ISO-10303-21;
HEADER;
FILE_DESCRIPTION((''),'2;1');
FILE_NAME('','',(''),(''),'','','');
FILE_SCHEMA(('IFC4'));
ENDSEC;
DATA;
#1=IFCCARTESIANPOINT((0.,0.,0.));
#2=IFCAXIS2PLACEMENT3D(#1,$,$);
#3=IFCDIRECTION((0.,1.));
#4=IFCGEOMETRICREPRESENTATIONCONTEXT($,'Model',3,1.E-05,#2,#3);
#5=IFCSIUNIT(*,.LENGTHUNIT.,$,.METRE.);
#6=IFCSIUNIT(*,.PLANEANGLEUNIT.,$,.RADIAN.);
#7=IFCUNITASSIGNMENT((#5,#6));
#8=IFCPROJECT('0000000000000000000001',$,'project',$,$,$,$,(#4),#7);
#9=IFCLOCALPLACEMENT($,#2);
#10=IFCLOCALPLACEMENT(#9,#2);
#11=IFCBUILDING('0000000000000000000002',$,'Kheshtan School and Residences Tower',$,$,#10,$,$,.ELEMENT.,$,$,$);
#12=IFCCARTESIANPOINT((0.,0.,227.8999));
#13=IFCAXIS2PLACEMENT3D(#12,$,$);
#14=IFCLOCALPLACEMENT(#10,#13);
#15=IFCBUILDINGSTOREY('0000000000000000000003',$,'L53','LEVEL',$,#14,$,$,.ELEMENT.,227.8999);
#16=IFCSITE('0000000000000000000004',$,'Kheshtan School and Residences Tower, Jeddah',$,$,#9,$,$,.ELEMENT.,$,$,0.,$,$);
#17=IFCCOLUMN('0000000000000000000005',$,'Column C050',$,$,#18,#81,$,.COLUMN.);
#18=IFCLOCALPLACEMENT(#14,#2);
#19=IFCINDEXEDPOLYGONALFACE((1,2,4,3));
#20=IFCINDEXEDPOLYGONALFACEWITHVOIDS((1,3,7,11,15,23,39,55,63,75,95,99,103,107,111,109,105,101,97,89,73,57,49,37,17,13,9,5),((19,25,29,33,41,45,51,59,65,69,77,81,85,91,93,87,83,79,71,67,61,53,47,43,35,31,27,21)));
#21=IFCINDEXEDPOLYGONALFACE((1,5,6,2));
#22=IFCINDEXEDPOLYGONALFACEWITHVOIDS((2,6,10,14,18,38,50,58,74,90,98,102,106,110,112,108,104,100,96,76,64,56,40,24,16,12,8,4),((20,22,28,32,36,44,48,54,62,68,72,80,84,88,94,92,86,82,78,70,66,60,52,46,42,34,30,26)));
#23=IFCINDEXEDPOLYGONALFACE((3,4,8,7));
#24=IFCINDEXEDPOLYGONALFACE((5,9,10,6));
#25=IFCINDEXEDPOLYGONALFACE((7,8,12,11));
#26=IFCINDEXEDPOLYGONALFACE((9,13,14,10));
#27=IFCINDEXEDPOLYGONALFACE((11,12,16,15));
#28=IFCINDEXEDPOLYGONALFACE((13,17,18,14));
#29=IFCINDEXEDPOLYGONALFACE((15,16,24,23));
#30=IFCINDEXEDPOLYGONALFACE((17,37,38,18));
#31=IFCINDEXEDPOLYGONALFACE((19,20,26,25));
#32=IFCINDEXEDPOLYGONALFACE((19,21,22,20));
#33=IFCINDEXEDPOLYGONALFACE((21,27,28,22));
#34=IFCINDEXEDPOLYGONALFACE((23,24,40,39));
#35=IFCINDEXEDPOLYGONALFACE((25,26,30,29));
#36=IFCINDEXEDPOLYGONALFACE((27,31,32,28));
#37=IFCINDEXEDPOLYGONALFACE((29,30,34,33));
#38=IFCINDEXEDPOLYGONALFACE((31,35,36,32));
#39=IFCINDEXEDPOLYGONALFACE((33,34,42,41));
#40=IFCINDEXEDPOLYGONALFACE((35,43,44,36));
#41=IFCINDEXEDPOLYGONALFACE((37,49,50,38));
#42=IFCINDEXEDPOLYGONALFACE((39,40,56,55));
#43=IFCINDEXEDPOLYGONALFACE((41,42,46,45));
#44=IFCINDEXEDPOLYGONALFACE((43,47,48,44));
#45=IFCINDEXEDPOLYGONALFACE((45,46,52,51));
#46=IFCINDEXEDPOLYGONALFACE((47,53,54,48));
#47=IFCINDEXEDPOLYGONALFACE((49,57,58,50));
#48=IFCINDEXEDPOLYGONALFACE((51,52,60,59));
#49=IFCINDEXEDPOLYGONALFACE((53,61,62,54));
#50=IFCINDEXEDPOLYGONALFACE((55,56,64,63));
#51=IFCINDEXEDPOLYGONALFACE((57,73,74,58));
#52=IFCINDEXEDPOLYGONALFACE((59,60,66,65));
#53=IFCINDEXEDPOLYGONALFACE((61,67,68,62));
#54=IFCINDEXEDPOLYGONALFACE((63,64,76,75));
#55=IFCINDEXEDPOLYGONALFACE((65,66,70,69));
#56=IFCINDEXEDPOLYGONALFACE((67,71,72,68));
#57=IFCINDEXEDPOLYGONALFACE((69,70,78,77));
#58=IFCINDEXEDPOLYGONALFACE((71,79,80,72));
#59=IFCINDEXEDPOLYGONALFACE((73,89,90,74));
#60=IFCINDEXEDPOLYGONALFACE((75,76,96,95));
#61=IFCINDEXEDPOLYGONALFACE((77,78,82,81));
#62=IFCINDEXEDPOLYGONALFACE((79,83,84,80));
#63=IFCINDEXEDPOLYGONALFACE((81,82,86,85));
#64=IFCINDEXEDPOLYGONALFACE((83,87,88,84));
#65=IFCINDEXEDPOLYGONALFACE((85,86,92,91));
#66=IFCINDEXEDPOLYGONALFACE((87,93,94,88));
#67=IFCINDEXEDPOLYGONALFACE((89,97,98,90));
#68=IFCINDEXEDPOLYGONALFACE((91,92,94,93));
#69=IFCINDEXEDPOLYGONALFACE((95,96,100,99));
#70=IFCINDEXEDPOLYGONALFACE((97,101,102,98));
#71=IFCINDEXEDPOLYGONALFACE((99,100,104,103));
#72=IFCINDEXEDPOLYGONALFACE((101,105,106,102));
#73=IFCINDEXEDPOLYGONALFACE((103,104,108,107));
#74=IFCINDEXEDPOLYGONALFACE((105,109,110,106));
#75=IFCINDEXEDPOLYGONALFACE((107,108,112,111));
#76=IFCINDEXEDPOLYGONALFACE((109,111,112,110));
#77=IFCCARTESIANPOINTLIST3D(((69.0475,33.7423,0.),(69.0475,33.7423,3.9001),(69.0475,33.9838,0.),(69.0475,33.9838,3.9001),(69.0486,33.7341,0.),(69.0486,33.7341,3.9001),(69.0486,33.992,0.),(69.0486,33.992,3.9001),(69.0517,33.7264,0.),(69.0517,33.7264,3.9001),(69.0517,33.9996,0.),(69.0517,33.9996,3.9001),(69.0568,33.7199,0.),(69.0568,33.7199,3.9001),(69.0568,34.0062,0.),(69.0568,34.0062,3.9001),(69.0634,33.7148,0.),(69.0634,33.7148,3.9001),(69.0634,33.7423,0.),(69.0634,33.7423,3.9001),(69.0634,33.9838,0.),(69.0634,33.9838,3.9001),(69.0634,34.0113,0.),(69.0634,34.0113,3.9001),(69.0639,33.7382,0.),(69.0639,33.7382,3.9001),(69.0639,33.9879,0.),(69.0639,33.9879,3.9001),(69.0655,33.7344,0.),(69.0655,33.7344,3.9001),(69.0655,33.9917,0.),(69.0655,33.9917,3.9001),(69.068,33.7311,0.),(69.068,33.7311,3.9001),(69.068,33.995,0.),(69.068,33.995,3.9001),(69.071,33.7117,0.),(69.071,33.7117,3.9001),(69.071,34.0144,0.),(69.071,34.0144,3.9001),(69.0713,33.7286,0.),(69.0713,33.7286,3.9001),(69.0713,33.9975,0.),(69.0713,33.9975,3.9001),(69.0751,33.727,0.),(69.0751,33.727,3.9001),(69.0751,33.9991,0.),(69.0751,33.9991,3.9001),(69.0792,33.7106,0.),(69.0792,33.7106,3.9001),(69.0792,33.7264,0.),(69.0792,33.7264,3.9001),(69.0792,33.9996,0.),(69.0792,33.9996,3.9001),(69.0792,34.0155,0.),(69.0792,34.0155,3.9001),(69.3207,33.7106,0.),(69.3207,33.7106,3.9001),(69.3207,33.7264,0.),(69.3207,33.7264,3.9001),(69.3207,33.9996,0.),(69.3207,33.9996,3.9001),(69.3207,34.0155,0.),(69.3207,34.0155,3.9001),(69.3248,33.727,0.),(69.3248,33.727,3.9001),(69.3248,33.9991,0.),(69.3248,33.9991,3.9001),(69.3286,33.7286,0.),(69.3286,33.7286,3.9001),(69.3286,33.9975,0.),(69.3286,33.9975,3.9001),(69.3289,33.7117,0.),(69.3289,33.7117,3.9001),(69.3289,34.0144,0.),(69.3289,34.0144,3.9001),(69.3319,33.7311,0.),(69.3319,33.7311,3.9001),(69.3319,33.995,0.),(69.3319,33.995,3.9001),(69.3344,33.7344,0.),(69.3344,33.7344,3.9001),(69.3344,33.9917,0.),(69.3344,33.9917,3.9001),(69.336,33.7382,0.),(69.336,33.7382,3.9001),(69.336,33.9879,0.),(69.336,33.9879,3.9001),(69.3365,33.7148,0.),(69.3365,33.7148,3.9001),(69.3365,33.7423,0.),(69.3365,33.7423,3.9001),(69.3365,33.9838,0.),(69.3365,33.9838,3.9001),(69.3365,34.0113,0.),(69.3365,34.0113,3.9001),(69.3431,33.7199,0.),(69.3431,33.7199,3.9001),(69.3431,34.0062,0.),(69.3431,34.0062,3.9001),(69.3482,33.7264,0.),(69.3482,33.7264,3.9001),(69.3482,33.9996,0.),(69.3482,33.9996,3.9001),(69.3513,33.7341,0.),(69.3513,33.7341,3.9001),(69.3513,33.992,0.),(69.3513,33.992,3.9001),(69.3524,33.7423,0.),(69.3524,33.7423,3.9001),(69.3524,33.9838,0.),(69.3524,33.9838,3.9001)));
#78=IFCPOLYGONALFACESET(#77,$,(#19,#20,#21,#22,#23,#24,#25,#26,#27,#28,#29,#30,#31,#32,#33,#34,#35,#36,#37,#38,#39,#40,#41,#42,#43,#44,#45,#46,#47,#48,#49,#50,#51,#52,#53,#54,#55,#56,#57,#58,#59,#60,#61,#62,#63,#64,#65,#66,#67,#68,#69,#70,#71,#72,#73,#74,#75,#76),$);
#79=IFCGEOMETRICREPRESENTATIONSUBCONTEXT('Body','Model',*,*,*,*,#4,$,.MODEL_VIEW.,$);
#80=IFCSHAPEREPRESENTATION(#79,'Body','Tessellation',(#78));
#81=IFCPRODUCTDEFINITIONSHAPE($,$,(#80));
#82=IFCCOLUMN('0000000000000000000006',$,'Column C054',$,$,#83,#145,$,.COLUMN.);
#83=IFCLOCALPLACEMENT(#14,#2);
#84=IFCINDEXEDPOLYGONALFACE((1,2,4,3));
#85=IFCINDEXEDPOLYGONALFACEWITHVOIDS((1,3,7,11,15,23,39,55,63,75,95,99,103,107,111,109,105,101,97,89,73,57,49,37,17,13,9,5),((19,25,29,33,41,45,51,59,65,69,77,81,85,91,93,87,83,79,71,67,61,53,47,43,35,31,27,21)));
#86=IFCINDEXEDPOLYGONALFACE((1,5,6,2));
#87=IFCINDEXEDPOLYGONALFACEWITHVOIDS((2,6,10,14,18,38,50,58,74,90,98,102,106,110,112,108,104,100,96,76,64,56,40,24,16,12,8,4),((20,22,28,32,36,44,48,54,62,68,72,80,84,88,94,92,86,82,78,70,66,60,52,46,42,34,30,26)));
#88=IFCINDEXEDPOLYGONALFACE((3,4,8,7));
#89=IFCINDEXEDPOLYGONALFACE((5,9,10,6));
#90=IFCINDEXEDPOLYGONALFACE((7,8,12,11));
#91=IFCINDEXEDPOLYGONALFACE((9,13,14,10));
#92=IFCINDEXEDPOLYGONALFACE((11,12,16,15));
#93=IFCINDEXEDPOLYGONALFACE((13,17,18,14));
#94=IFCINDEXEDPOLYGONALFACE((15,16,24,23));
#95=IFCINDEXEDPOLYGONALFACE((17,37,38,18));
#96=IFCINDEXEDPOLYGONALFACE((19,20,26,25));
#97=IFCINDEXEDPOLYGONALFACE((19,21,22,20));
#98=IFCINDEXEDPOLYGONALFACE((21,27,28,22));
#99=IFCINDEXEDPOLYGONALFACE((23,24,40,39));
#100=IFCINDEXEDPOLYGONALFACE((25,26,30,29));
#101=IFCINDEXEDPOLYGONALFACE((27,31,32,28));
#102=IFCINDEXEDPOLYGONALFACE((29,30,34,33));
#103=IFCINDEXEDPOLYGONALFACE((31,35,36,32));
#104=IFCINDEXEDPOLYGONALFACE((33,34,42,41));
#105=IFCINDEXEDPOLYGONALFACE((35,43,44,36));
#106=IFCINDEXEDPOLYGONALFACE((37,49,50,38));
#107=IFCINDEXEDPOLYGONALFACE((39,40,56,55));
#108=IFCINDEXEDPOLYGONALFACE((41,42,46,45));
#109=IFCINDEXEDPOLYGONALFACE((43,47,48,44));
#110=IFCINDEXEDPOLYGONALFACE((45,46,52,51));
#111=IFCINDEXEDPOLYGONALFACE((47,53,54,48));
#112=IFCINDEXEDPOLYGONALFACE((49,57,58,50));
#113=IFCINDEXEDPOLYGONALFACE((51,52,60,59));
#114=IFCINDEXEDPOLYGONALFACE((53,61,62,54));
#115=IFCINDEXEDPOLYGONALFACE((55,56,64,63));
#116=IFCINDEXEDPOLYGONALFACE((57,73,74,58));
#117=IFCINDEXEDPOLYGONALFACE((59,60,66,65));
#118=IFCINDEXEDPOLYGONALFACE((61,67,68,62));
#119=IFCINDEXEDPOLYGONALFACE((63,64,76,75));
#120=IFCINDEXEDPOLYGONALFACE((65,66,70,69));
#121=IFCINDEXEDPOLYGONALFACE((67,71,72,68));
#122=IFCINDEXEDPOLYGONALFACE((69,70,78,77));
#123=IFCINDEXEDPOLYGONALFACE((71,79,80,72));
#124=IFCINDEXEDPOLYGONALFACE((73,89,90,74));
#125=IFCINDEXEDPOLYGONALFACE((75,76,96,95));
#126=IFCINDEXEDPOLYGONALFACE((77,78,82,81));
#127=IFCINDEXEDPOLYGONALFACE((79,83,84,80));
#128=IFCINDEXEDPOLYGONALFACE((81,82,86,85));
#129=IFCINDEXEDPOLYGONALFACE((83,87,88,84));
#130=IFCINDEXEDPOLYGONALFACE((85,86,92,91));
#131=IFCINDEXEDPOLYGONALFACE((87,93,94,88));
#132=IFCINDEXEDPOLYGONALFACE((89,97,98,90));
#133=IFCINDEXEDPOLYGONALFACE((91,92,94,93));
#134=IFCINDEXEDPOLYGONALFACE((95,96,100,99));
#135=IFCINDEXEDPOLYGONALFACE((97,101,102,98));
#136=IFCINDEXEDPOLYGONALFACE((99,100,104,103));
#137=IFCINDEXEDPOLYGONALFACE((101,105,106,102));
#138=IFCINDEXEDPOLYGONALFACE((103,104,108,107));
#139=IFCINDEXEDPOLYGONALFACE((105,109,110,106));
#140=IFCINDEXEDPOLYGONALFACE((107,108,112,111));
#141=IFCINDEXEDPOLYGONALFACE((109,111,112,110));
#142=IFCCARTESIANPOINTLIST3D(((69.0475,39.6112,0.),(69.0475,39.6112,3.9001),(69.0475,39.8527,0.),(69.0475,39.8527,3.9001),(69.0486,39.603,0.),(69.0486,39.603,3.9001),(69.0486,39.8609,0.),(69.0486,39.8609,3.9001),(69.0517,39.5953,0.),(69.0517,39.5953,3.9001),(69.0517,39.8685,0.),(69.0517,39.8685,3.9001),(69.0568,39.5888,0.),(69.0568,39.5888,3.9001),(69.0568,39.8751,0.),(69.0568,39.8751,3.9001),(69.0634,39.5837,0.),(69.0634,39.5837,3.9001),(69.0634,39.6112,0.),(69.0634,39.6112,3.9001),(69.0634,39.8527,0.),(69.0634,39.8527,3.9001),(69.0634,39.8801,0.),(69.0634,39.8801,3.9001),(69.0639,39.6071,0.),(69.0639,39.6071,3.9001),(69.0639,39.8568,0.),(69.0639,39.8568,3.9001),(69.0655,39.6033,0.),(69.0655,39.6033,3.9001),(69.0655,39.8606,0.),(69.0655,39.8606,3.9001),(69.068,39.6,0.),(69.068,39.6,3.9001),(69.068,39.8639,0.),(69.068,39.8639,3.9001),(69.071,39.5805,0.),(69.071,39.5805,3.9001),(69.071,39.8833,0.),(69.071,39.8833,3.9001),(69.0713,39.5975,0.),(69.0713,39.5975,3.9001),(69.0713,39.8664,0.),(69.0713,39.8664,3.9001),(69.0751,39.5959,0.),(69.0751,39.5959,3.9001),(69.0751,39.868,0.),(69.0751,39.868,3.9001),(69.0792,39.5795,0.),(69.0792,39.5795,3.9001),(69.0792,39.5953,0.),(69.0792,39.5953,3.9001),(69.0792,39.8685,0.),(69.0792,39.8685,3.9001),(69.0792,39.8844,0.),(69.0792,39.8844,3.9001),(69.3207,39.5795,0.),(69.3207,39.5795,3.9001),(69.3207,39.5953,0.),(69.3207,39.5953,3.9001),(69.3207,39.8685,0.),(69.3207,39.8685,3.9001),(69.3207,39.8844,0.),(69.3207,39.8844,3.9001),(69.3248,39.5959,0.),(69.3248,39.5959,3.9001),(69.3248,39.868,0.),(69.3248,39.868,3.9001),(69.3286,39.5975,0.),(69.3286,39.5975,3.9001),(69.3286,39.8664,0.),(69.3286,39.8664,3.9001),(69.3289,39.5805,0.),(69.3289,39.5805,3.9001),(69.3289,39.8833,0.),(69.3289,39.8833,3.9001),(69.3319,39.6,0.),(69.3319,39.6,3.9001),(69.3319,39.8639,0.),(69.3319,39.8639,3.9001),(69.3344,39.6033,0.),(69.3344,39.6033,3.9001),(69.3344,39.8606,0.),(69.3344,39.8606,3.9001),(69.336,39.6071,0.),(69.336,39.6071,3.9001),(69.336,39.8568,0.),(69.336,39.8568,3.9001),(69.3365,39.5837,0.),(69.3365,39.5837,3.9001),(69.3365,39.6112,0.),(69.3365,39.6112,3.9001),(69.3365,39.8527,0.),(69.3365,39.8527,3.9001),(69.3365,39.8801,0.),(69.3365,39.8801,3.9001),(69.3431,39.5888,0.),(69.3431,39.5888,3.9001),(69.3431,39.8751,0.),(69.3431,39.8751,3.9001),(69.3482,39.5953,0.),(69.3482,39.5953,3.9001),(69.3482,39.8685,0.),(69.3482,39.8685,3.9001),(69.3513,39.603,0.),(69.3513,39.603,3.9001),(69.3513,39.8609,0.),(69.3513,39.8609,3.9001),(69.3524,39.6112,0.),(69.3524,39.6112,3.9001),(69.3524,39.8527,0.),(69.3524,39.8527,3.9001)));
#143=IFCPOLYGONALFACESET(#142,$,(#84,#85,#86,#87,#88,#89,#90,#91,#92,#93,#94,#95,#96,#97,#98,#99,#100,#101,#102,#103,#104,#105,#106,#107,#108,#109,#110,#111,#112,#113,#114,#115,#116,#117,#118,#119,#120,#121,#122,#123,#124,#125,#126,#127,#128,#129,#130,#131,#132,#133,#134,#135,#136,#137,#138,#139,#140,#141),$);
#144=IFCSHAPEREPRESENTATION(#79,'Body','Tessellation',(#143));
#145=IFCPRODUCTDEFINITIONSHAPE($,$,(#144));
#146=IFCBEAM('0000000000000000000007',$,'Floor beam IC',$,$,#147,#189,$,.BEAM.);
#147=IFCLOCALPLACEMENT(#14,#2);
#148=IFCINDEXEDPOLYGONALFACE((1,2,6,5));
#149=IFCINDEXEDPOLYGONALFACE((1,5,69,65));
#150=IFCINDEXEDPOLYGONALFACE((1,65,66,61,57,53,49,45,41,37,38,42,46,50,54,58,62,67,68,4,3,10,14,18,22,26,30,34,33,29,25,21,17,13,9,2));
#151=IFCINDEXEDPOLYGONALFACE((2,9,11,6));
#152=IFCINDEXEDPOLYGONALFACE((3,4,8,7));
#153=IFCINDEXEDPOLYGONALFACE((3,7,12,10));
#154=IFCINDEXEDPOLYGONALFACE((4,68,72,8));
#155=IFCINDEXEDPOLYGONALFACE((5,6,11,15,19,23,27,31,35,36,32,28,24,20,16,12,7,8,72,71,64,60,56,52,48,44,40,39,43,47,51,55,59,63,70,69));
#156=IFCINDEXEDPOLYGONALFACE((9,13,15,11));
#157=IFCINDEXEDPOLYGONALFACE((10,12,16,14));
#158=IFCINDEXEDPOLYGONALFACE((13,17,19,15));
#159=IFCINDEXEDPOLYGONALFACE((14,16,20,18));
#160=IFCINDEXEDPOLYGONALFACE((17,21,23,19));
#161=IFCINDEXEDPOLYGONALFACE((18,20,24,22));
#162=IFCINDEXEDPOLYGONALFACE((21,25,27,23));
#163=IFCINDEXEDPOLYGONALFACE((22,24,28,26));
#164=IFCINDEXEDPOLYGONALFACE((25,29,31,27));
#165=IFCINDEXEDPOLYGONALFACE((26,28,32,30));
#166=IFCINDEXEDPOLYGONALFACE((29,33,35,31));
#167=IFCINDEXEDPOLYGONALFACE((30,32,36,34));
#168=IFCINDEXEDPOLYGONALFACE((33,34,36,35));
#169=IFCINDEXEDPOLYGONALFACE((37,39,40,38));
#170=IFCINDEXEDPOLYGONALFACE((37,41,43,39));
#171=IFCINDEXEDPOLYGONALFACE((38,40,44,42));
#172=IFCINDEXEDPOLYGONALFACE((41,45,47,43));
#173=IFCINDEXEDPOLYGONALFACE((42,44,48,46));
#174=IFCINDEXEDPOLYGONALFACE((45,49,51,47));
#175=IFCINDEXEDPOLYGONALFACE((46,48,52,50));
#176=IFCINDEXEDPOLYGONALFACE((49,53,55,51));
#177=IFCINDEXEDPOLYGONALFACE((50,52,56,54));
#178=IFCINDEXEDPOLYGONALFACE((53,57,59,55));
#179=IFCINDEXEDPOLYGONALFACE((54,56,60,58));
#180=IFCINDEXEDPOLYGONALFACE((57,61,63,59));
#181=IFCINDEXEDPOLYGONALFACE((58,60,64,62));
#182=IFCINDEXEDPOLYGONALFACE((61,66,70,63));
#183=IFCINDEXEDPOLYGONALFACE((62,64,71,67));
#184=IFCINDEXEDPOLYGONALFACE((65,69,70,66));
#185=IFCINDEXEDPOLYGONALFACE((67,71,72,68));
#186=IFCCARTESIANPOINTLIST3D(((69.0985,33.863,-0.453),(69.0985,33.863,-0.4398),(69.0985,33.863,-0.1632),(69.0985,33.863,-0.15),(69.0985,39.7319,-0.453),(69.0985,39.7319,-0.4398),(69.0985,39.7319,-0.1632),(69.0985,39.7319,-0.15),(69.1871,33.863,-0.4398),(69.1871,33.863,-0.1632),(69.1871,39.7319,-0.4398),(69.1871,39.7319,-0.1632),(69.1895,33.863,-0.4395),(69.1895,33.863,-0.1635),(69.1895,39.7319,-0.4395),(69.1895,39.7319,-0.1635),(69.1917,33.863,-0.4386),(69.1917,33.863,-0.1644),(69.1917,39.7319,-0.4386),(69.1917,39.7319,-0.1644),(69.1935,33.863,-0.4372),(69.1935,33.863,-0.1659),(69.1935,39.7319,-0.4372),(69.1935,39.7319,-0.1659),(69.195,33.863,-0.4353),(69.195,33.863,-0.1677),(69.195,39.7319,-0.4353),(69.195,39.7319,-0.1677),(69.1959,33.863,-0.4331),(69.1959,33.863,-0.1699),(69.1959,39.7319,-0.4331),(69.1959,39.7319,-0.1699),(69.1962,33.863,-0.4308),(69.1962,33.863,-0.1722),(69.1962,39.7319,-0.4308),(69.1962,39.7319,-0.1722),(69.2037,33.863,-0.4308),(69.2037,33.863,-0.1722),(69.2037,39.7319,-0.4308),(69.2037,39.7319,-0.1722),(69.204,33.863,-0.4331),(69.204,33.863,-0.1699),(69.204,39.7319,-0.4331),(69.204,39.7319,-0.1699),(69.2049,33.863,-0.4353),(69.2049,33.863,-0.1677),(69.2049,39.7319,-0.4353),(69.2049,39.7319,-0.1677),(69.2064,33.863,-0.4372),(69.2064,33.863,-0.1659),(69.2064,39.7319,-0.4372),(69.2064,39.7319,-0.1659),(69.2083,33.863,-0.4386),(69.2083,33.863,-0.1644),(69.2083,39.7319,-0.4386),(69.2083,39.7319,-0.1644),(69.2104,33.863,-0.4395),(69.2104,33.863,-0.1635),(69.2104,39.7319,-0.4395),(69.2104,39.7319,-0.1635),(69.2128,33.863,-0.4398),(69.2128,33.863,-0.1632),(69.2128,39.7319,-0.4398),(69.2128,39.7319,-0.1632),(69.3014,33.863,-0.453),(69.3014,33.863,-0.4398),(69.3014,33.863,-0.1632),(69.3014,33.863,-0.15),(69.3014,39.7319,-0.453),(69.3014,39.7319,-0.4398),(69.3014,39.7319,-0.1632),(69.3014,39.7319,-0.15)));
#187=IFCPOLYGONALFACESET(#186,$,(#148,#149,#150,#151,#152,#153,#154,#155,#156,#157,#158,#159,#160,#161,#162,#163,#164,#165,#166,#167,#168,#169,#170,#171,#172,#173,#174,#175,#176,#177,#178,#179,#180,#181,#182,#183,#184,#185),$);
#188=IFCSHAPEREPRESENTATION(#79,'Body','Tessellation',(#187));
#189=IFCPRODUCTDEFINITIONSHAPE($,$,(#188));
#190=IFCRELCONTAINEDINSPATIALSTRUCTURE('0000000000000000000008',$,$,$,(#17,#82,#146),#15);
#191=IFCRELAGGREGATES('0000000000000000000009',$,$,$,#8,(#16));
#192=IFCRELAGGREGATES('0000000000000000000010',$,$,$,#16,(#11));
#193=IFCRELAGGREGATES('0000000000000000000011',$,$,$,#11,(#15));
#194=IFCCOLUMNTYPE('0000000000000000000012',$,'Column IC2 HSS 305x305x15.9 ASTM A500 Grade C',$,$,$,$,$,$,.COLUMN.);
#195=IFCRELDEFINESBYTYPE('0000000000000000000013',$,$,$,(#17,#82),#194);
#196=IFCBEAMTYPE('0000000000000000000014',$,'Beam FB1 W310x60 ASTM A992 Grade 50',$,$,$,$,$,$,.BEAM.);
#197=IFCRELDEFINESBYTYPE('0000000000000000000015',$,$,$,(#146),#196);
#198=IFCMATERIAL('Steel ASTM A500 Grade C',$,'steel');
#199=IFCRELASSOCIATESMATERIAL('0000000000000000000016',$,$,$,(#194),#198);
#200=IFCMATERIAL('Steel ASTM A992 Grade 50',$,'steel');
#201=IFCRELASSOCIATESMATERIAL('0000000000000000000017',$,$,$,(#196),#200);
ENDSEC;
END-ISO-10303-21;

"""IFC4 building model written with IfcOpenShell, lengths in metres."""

from ifc_helpers import new_model, si_unit, direction, frame, origin, origin_2d, place, context, subcontext, project, spatial, hollow_rectangle, i_section, extrude, material, material_profile, profile_set, type_object, element, save


model = new_model("IFC4")

# Units and contexts
model_context = context("Model", 3, precision=1e-05, world=origin(), true_north=direction((0.0, 1.0)))
body_context = subcontext(model_context, "Body", "Model", "MODEL_VIEW")
ifc_project = project(units=[si_unit("LENGTHUNIT", "METRE"), si_unit("PLANEANGLEUNIT", "RADIAN")], contexts=[model_context])

# Site, building, storey
site_placement = place(None, origin())
site = spatial("IfcSite", under=ifc_project, at=site_placement, Name="Kheshtan School and Residences Tower, Jeddah", CompositionType="ELEMENT", RefElevation=0.0)
building_placement = place(site_placement, origin())
building = spatial("IfcBuilding", under=site, at=building_placement, Name="Kheshtan School and Residences Tower", CompositionType="ELEMENT")
storey_placement = place(building_placement, frame((0.0, 0.0, 227.8999)))
storey = spatial("IfcBuildingStorey", under=building, at=storey_placement, Name="L53", Description="LEVEL", CompositionType="ELEMENT", Elevation=227.8999)

# Columns
ifc_material_1 = material(Name="Steel ASTM A500 Grade C", Category="steel")
ifc_material_profile_1 = material_profile(ifc_material_1, hollow_rectangle(XDim=0.3049, YDim=0.3049, WallThickness=0.0159, InnerFilletRadius=0.0159, OuterFilletRadius=0.0317, at=origin_2d()), Name="HSS 305x305x15.9")
ifc_profile_set_1 = profile_set([ifc_material_profile_1], Name="Steel ASTM A500 Grade C")
column_type = type_object("IfcColumnType", Name="Column IC2 HSS 305x305x15.9 ASTM A500 Grade C", PredefinedType="COLUMN", material=ifc_profile_set_1)
for number, where, z_axis, x_axis, name in (
    (1, (69.2, 33.863, 0.0), (0.0, 0.0, 1.0), (1.0, 0.0, 0.0), "Column C050"),
    (2, (69.2, 39.7319, 0.0), (0.0, 0.0, 1.0), (1.0, 0.0, 0.0), "Column C054"),
):
    element("IfcColumn", number, at=place(storey_placement, frame(where, z_axis=z_axis, x_axis=x_axis)), inside=storey, type_object=column_type, Name=name, PredefinedType="COLUMN", context=body_context, shape_type="SweptSolid", body=[
        extrude(hollow_rectangle(XDim=0.3049, YDim=0.3049, WallThickness=0.0159, InnerFilletRadius=0.0159, OuterFilletRadius=0.0317, at=origin_2d()), origin(), (0.0, 0.0, 1.0), 3.9001),
    ])

# Beam
ifc_material_2 = material(Name="Steel ASTM A992 Grade 50", Category="steel")
ifc_material_profile_2 = material_profile(ifc_material_2, i_section(OverallWidth=0.2029, OverallDepth=0.303, WebThickness=0.0076, FlangeThickness=0.0132, FilletRadius=0.009, at=origin_2d()), Name="W310x60")
ifc_profile_set_2 = profile_set([ifc_material_profile_2], Name="Steel ASTM A992 Grade 50")
beam_type = type_object("IfcBeamType", Name="Beam FB1 W310x60 ASTM A992 Grade 50", PredefinedType="BEAM", material=ifc_profile_set_2)
beam_placement = place(storey_placement, frame((69.2, 33.863, -0.3015), z_axis=(0.0, 1.0, 0.0), x_axis=(-1.0, 0.0, 0.0)))
element("IfcBeam", 3, at=beam_placement, inside=storey, type_object=beam_type, Name="Floor beam IC", PredefinedType="BEAM", context=body_context, shape_type="SweptSolid", body=[
    extrude(i_section(OverallWidth=0.2029, OverallDepth=0.303, WebThickness=0.0076, FlangeThickness=0.0132, FilletRadius=0.009, at=origin_2d()), origin(), (0.0, 0.0, 1.0), 5.8689),
])

save(model, "model.ifc")
